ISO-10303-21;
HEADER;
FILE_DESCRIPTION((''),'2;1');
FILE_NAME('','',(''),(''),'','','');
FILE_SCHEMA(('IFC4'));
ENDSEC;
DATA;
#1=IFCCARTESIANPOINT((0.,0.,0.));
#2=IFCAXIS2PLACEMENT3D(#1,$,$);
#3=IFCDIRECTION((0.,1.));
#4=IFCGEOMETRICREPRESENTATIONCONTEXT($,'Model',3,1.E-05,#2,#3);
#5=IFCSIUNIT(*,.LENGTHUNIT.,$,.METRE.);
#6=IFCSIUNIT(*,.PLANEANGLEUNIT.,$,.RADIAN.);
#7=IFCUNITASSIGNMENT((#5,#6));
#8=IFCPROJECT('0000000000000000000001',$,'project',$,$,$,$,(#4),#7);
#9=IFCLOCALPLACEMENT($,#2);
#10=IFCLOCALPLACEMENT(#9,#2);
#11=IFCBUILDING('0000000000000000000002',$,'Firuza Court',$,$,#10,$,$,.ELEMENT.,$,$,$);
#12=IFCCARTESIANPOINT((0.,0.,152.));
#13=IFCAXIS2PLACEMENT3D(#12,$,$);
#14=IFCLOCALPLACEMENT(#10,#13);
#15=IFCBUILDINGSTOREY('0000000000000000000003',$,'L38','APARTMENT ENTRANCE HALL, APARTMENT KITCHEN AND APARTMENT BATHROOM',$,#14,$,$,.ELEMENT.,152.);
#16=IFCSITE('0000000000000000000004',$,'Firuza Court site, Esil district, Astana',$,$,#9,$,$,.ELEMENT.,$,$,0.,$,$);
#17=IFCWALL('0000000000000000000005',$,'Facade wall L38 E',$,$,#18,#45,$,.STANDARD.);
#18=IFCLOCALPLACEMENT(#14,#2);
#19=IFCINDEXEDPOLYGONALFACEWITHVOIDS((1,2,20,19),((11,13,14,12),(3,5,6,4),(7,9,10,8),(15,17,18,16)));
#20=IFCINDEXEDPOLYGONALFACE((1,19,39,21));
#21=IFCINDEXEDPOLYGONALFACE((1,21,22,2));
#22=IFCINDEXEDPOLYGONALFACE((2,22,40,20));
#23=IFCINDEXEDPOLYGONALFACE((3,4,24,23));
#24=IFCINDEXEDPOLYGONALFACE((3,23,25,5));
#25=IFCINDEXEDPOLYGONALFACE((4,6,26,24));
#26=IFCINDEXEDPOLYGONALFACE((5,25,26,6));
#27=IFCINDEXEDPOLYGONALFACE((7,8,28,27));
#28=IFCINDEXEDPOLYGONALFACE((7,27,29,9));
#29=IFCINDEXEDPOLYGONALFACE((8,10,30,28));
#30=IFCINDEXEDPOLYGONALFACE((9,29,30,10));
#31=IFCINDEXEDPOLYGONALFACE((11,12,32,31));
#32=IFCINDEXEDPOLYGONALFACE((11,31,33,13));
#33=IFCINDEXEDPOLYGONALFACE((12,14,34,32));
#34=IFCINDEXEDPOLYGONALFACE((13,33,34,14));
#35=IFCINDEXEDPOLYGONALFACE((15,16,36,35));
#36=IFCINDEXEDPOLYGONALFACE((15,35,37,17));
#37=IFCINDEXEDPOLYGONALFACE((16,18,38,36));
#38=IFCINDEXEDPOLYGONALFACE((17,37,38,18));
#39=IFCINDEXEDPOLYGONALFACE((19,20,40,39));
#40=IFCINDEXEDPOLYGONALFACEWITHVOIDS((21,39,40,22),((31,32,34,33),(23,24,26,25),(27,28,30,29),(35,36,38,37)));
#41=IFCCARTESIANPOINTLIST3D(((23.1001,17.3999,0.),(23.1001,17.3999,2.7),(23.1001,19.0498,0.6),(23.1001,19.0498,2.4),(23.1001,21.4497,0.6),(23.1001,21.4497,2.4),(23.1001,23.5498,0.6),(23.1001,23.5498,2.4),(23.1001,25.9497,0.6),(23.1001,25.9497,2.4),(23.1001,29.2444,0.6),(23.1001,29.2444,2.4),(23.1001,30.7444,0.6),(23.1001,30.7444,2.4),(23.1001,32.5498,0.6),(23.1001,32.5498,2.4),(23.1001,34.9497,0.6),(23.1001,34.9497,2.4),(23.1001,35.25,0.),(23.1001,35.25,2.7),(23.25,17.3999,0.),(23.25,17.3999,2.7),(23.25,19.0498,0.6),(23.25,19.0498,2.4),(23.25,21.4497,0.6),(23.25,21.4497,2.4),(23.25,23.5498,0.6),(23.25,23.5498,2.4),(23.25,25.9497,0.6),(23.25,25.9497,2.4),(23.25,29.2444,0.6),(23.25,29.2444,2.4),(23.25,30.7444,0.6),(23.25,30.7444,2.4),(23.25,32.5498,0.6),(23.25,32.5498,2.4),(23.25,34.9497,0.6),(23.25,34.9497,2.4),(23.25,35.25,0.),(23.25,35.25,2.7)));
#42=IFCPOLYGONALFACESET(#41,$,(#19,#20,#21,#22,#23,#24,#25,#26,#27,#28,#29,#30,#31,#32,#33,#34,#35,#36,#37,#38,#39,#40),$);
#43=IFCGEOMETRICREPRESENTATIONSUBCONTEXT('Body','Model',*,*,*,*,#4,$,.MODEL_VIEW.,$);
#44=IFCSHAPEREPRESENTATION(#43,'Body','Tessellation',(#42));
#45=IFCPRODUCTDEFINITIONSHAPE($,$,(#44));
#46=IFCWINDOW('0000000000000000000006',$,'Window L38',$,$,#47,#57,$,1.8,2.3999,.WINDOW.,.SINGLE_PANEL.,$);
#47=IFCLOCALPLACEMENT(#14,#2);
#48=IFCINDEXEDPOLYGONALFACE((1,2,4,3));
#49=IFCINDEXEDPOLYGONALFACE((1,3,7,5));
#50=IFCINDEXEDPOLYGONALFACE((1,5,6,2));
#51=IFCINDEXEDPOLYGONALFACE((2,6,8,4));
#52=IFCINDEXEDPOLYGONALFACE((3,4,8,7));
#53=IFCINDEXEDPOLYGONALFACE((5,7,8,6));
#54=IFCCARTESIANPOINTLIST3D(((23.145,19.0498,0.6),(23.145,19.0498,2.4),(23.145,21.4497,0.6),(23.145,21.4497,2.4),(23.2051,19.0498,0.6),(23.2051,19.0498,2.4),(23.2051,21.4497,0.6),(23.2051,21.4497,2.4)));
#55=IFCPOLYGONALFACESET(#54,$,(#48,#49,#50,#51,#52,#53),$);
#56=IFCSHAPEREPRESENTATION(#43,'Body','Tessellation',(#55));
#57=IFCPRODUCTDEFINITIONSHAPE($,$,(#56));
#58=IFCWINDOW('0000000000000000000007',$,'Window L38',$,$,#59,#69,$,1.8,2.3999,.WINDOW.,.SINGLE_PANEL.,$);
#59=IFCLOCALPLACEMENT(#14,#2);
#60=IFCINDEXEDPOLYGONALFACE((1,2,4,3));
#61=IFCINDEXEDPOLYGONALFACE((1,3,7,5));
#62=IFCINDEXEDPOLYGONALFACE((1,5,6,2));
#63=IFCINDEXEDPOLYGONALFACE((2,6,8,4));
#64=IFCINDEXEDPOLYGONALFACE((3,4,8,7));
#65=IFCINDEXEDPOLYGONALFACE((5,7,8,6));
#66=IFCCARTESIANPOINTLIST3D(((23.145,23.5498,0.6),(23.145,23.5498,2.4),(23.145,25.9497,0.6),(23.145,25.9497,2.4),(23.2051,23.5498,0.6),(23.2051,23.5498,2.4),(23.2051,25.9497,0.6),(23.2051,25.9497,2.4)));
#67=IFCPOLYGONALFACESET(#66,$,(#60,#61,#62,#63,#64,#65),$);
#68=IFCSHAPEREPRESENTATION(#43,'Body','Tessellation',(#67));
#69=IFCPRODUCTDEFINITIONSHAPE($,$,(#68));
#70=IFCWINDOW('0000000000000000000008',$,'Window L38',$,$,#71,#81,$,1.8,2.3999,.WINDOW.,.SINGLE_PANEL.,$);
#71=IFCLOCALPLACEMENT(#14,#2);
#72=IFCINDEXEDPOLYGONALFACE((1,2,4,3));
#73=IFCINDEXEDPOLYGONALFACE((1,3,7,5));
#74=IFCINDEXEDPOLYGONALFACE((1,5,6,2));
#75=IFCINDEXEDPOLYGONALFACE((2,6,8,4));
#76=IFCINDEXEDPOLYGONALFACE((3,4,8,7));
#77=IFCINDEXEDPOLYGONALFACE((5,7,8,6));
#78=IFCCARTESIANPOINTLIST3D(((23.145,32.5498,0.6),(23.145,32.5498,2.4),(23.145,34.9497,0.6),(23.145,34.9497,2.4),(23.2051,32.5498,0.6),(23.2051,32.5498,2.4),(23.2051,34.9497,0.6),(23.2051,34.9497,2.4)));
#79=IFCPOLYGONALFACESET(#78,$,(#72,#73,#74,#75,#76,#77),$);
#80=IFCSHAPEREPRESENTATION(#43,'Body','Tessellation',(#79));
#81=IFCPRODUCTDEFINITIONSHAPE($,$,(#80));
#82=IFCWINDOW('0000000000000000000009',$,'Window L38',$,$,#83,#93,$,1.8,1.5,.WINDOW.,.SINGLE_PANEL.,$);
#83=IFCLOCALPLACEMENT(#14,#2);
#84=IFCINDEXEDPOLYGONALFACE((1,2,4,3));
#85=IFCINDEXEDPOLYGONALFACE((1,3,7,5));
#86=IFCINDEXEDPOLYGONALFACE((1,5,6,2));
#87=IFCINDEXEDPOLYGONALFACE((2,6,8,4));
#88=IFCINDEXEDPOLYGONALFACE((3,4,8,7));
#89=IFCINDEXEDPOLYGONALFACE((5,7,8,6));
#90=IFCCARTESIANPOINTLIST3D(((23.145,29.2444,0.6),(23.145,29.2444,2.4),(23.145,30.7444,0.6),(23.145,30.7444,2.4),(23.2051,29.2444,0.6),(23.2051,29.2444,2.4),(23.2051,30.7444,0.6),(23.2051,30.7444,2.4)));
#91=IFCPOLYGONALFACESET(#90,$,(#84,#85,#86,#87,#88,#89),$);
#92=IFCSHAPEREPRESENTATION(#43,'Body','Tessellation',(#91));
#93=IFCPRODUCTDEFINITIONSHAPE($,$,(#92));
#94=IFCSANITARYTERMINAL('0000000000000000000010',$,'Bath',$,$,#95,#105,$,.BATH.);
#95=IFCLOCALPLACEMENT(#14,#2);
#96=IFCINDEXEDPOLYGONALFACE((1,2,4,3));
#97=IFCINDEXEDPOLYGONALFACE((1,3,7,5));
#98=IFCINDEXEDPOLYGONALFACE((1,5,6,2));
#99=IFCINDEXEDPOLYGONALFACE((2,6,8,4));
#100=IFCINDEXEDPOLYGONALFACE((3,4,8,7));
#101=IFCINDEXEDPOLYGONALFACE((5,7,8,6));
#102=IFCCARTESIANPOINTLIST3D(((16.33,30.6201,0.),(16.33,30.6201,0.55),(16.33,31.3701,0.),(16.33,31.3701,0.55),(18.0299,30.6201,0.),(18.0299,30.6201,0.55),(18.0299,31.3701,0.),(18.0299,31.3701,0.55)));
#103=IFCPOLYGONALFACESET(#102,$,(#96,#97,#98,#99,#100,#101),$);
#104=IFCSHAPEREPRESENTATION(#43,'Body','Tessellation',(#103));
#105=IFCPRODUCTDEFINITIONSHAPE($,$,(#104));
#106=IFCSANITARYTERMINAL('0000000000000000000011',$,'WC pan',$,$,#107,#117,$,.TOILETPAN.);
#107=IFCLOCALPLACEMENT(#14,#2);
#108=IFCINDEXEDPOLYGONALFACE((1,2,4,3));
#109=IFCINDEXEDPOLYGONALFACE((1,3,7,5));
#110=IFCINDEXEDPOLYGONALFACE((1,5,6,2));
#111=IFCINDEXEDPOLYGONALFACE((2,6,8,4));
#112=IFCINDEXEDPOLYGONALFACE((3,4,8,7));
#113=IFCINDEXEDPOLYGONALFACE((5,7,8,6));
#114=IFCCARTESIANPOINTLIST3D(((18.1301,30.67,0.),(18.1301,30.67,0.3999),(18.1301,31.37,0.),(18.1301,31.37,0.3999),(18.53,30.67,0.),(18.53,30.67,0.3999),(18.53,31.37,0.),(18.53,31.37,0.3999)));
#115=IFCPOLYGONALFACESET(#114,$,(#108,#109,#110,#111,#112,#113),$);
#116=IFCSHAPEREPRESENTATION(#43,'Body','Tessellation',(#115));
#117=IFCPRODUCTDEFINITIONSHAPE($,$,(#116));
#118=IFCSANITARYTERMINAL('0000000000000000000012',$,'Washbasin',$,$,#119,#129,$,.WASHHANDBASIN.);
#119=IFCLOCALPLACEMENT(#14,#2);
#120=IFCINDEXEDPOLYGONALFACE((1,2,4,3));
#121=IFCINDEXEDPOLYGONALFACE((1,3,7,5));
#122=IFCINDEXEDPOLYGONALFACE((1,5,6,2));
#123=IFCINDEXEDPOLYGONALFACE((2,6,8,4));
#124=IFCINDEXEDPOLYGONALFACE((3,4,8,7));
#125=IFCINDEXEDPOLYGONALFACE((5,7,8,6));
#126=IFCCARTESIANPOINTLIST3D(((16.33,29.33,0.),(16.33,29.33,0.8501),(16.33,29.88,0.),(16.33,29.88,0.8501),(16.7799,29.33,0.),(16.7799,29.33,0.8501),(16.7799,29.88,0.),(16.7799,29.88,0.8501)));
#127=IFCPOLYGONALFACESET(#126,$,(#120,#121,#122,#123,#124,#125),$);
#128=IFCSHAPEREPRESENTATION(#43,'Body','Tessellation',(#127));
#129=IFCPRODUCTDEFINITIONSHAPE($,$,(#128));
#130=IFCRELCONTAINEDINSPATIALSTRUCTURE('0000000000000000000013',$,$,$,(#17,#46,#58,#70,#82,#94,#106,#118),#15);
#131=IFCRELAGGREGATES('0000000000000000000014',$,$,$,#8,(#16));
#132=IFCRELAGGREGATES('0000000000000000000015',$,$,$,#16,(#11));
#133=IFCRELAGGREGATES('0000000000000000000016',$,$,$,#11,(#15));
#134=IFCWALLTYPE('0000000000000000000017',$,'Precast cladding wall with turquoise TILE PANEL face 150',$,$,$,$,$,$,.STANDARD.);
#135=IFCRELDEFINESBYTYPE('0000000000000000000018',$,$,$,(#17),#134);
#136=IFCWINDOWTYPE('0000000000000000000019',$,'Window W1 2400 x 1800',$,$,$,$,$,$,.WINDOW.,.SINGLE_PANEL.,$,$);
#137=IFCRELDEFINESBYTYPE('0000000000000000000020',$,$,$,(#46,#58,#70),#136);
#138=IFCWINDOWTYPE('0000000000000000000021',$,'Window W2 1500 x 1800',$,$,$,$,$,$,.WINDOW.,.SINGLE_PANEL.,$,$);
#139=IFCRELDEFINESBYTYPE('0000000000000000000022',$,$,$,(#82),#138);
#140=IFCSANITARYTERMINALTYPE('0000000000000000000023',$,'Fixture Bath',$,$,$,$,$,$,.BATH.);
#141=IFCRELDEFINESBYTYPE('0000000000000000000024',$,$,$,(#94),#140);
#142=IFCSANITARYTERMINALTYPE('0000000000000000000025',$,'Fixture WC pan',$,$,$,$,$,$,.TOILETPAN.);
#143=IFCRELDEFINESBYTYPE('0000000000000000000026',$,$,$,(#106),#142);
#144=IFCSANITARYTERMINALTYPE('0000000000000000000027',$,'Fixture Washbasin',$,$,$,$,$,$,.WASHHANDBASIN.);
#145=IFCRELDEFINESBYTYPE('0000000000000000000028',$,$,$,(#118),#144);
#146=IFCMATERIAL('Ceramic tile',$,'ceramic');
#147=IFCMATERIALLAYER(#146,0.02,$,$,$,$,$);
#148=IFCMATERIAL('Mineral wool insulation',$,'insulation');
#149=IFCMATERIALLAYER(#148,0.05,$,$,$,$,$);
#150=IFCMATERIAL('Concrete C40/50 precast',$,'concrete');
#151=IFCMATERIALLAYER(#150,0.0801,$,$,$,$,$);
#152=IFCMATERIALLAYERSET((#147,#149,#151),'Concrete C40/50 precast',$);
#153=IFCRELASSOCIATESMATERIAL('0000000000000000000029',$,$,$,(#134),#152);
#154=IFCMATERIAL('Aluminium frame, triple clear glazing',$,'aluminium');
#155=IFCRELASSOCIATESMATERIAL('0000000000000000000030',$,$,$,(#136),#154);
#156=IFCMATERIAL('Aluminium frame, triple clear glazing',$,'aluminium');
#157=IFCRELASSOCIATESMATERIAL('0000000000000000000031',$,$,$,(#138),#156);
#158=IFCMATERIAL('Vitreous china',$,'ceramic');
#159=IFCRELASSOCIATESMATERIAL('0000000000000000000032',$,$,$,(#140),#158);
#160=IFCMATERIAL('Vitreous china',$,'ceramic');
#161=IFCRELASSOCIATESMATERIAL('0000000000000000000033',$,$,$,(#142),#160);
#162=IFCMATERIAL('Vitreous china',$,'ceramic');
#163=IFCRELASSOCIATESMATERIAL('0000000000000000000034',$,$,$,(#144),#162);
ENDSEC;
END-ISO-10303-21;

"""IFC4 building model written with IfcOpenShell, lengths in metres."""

from ifc_helpers import new_model, si_unit, direction, frame, frame_2d, origin, origin_2d, place, context, subcontext, project, spatial, rectangle, extrude, material, layer, layer_set, type_object, element, fill, save


model = new_model("IFC4")

# Units and contexts
model_context = context("Model", 3, precision=1e-05, world=origin(), true_north=direction((0.0, 1.0)))
body_context = subcontext(model_context, "Body", "Model", "MODEL_VIEW")
ifc_project = project(units=[si_unit("LENGTHUNIT", "METRE"), si_unit("PLANEANGLEUNIT", "RADIAN")], contexts=[model_context])

# Site, building, storey
site_placement = place(None, origin())
site = spatial("IfcSite", under=ifc_project, at=site_placement, Name="Firuza Court site, Esil district, Astana", CompositionType="ELEMENT", RefElevation=0.0)
building_placement = place(site_placement, origin())
building = spatial("IfcBuilding", under=site, at=building_placement, Name="Firuza Court", CompositionType="ELEMENT")
storey_placement = place(building_placement, frame((0.0, 0.0, 152.0)))
storey = spatial("IfcBuildingStorey", under=building, at=storey_placement, Name="L38", Description="APARTMENT ENTRANCE HALL, APARTMENT KITCHEN AND APARTMENT BATHROOM", CompositionType="ELEMENT", Elevation=152.0)

# Shared definitions
ifc_material_1 = material(Name="Ceramic tile", Category="ceramic")
ifc_layer_1 = layer(ifc_material_1, 0.02)
ifc_material_2 = material(Name="Mineral wool insulation", Category="insulation")
ifc_layer_2 = layer(ifc_material_2, 0.05)
ifc_material_3 = material(Name="Concrete C40/50 precast", Category="concrete")
ifc_layer_3 = layer(ifc_material_3, 0.0801)
ifc_layer_set_1 = layer_set([ifc_layer_1, ifc_layer_2, ifc_layer_3], Name="Concrete C40/50 precast")
wall_type_1 = type_object("IfcWallType", Name="Precast cladding wall with turquoise TILE PANEL face 150", PredefinedType="STANDARD", material=ifc_layer_set_1)
ifc_material_4 = material(Name="Aluminium frame, triple clear glazing", Category="aluminium")
window_type_1 = type_object("IfcWindowType", Name="Window W1 2400 x 1800", PartitioningType="SINGLE_PANEL", PredefinedType="WINDOW", material=ifc_material_4)

# Wall, openings, windows
wall_1_placement = place(storey_placement, frame((23.175, 17.3999, 0.0), z_axis=(0.0, 0.0, 1.0), x_axis=(0.0, 1.0, 0.0)))
wall_1 = element("IfcWall", 1, at=wall_1_placement, inside=storey, type_object=wall_type_1, Name="Facade wall L38 E", PredefinedType="STANDARD", context=body_context, shape_type="SweptSolid", body=[
    extrude(rectangle(XDim=17.8501, YDim=0.1499, at=frame_2d((8.925, 0.0))), origin(), (0.0, 0.0, 1.0), 2.7),
])
opening_1_placement = place(wall_1_placement, frame((1.6499, 0.0, 0.6001)))
opening_1 = element("IfcOpeningElement", 2, at=opening_1_placement, cuts=wall_1, PredefinedType="OPENING", context=body_context, shape_type="SweptSolid", body=[
    extrude(rectangle(XDim=2.3999, YDim=1.8, at=frame_2d((1.2, 0.8999))), frame((0.0, 0.0869, 0.0), z_axis=(0.0, -1.0, 0.0), x_axis=(1.0, 0.0, 0.0)), (0.0, 0.0, 1.0), 0.1738),
])
opening_2_placement = place(wall_1_placement, frame((6.1499, 0.0, 0.6001)))
opening_2 = element("IfcOpeningElement", 3, at=opening_2_placement, cuts=wall_1, PredefinedType="OPENING", context=body_context, shape_type="SweptSolid", body=[
    extrude(rectangle(XDim=2.3999, YDim=1.8, at=frame_2d((1.2, 0.8999))), frame((0.0, 0.0869, 0.0), z_axis=(0.0, -1.0, 0.0), x_axis=(1.0, 0.0, 0.0)), (0.0, 0.0, 1.0), 0.1738),
])
opening_3_placement = place(wall_1_placement, frame((11.8445, 0.0, 0.6001)))
opening_3 = element("IfcOpeningElement", 4, at=opening_3_placement, cuts=wall_1, PredefinedType="OPENING", context=body_context, shape_type="SweptSolid", body=[
    extrude(rectangle(XDim=1.5, YDim=1.8, at=frame_2d((0.75, 0.8999))), frame((0.0, 0.0869, 0.0), z_axis=(0.0, -1.0, 0.0), x_axis=(1.0, 0.0, 0.0)), (0.0, 0.0, 1.0), 0.1738),
])
opening_4_placement = place(wall_1_placement, frame((15.1499, 0.0, 0.6001)))
opening_4 = element("IfcOpeningElement", 5, at=opening_4_placement, cuts=wall_1, PredefinedType="OPENING", context=body_context, shape_type="SweptSolid", body=[
    extrude(rectangle(XDim=2.3999, YDim=1.8, at=frame_2d((1.2, 0.8999))), frame((0.0, 0.0869, 0.0), z_axis=(0.0, -1.0, 0.0), x_axis=(1.0, 0.0, 0.0)), (0.0, 0.0, 1.0), 0.1738),
])
window_1_placement = place(opening_1_placement, origin())
window_1 = element("IfcWindow", 6, at=window_1_placement, inside=storey, type_object=window_type_1, Name="Window L38", OverallHeight=1.8, OverallWidth=2.3999, PartitioningType="SINGLE_PANEL", PredefinedType="WINDOW", context=body_context, shape_type="SweptSolid", body=[
    extrude(rectangle(XDim=2.3999, YDim=1.8, at=frame_2d((1.2, 0.8999))), frame((0.0, 0.03, 0.0), z_axis=(0.0, -1.0, 0.0), x_axis=(1.0, 0.0, 0.0)), (0.0, 0.0, 1.0), 0.0601),
])
fill(opening_1, window_1)
window_2_placement = place(opening_2_placement, origin())
window_2 = element("IfcWindow", 7, at=window_2_placement, inside=storey, type_object=window_type_1, Name="Window L38", OverallHeight=1.8, OverallWidth=2.3999, PartitioningType="SINGLE_PANEL", PredefinedType="WINDOW", context=body_context, shape_type="SweptSolid", body=[
    extrude(rectangle(XDim=2.3999, YDim=1.8, at=frame_2d((1.2, 0.8999))), frame((0.0, 0.03, 0.0), z_axis=(0.0, -1.0, 0.0), x_axis=(1.0, 0.0, 0.0)), (0.0, 0.0, 1.0), 0.0601),
])
fill(opening_2, window_2)
window_3_placement = place(opening_4_placement, origin())
window_3 = element("IfcWindow", 8, at=window_3_placement, inside=storey, type_object=window_type_1, Name="Window L38", OverallHeight=1.8, OverallWidth=2.3999, PartitioningType="SINGLE_PANEL", PredefinedType="WINDOW", context=body_context, shape_type="SweptSolid", body=[
    extrude(rectangle(XDim=2.3999, YDim=1.8, at=frame_2d((1.2, 0.8999))), frame((0.0, 0.03, 0.0), z_axis=(0.0, -1.0, 0.0), x_axis=(1.0, 0.0, 0.0)), (0.0, 0.0, 1.0), 0.0601),
])
fill(opening_4, window_3)
ifc_material_5 = material(Name="Aluminium frame, triple clear glazing", Category="aluminium")
window_type_2 = type_object("IfcWindowType", Name="Window W2 1500 x 1800", PartitioningType="SINGLE_PANEL", PredefinedType="WINDOW", material=ifc_material_5)
window_4_placement = place(opening_3_placement, origin())
window_4 = element("IfcWindow", 9, at=window_4_placement, inside=storey, type_object=window_type_2, Name="Window L38", OverallHeight=1.8, OverallWidth=1.5, PartitioningType="SINGLE_PANEL", PredefinedType="WINDOW", context=body_context, shape_type="SweptSolid", body=[
    extrude(rectangle(XDim=1.5, YDim=1.8, at=frame_2d((0.75, 0.8999))), frame((0.0, 0.03, 0.0), z_axis=(0.0, -1.0, 0.0), x_axis=(1.0, 0.0, 0.0)), (0.0, 0.0, 1.0), 0.0601),
])
fill(opening_3, window_4)

# Sanitary terminals
ifc_material_6 = material(Name="Vitreous china", Category="ceramic")
sanitary_terminal_type_1 = type_object("IfcSanitaryTerminalType", Name="Fixture Bath", PredefinedType="BATH", material=ifc_material_6)
sanitary_terminal_1_placement = place(storey_placement, frame((17.1799, 30.9951, 0.0), z_axis=(0.0, 0.0, 1.0), x_axis=(1.0, 0.0, 0.0)))
element("IfcSanitaryTerminal", 10, at=sanitary_terminal_1_placement, inside=storey, type_object=sanitary_terminal_type_1, Name="Bath", PredefinedType="BATH", context=body_context, shape_type="SweptSolid", body=[
    extrude(rectangle(XDim=1.7, YDim=0.75, at=origin_2d()), origin(), (0.0, 0.0, 1.0), 0.55),
])
ifc_material_7 = material(Name="Vitreous china", Category="ceramic")
sanitary_terminal_type_2 = type_object("IfcSanitaryTerminalType", Name="Fixture WC pan", PredefinedType="TOILETPAN", material=ifc_material_7)
sanitary_terminal_2_placement = place(storey_placement, frame((18.3301, 31.02, 0.0), z_axis=(0.0, 0.0, 1.0), x_axis=(1.0, 0.0, 0.0)))
element("IfcSanitaryTerminal", 11, at=sanitary_terminal_2_placement, inside=storey, type_object=sanitary_terminal_type_2, Name="WC pan", PredefinedType="TOILETPAN", context=body_context, shape_type="SweptSolid", body=[
    extrude(rectangle(XDim=0.3999, YDim=0.7, at=origin_2d()), origin(), (0.0, 0.0, 1.0), 0.3999),
])
ifc_material_8 = material(Name="Vitreous china", Category="ceramic")
sanitary_terminal_type_3 = type_object("IfcSanitaryTerminalType", Name="Fixture Washbasin", PredefinedType="WASHHANDBASIN", material=ifc_material_8)
sanitary_terminal_3_placement = place(storey_placement, frame((16.5549, 29.605, 0.0), z_axis=(0.0, 0.0, 1.0), x_axis=(1.0, 0.0, 0.0)))
element("IfcSanitaryTerminal", 12, at=sanitary_terminal_3_placement, inside=storey, type_object=sanitary_terminal_type_3, Name="Washbasin", PredefinedType="WASHHANDBASIN", context=body_context, shape_type="SweptSolid", body=[
    extrude(rectangle(XDim=0.45, YDim=0.55, at=origin_2d()), origin(), (0.0, 0.0, 1.0), 0.8501),
])

save(model, "model.ifc")
